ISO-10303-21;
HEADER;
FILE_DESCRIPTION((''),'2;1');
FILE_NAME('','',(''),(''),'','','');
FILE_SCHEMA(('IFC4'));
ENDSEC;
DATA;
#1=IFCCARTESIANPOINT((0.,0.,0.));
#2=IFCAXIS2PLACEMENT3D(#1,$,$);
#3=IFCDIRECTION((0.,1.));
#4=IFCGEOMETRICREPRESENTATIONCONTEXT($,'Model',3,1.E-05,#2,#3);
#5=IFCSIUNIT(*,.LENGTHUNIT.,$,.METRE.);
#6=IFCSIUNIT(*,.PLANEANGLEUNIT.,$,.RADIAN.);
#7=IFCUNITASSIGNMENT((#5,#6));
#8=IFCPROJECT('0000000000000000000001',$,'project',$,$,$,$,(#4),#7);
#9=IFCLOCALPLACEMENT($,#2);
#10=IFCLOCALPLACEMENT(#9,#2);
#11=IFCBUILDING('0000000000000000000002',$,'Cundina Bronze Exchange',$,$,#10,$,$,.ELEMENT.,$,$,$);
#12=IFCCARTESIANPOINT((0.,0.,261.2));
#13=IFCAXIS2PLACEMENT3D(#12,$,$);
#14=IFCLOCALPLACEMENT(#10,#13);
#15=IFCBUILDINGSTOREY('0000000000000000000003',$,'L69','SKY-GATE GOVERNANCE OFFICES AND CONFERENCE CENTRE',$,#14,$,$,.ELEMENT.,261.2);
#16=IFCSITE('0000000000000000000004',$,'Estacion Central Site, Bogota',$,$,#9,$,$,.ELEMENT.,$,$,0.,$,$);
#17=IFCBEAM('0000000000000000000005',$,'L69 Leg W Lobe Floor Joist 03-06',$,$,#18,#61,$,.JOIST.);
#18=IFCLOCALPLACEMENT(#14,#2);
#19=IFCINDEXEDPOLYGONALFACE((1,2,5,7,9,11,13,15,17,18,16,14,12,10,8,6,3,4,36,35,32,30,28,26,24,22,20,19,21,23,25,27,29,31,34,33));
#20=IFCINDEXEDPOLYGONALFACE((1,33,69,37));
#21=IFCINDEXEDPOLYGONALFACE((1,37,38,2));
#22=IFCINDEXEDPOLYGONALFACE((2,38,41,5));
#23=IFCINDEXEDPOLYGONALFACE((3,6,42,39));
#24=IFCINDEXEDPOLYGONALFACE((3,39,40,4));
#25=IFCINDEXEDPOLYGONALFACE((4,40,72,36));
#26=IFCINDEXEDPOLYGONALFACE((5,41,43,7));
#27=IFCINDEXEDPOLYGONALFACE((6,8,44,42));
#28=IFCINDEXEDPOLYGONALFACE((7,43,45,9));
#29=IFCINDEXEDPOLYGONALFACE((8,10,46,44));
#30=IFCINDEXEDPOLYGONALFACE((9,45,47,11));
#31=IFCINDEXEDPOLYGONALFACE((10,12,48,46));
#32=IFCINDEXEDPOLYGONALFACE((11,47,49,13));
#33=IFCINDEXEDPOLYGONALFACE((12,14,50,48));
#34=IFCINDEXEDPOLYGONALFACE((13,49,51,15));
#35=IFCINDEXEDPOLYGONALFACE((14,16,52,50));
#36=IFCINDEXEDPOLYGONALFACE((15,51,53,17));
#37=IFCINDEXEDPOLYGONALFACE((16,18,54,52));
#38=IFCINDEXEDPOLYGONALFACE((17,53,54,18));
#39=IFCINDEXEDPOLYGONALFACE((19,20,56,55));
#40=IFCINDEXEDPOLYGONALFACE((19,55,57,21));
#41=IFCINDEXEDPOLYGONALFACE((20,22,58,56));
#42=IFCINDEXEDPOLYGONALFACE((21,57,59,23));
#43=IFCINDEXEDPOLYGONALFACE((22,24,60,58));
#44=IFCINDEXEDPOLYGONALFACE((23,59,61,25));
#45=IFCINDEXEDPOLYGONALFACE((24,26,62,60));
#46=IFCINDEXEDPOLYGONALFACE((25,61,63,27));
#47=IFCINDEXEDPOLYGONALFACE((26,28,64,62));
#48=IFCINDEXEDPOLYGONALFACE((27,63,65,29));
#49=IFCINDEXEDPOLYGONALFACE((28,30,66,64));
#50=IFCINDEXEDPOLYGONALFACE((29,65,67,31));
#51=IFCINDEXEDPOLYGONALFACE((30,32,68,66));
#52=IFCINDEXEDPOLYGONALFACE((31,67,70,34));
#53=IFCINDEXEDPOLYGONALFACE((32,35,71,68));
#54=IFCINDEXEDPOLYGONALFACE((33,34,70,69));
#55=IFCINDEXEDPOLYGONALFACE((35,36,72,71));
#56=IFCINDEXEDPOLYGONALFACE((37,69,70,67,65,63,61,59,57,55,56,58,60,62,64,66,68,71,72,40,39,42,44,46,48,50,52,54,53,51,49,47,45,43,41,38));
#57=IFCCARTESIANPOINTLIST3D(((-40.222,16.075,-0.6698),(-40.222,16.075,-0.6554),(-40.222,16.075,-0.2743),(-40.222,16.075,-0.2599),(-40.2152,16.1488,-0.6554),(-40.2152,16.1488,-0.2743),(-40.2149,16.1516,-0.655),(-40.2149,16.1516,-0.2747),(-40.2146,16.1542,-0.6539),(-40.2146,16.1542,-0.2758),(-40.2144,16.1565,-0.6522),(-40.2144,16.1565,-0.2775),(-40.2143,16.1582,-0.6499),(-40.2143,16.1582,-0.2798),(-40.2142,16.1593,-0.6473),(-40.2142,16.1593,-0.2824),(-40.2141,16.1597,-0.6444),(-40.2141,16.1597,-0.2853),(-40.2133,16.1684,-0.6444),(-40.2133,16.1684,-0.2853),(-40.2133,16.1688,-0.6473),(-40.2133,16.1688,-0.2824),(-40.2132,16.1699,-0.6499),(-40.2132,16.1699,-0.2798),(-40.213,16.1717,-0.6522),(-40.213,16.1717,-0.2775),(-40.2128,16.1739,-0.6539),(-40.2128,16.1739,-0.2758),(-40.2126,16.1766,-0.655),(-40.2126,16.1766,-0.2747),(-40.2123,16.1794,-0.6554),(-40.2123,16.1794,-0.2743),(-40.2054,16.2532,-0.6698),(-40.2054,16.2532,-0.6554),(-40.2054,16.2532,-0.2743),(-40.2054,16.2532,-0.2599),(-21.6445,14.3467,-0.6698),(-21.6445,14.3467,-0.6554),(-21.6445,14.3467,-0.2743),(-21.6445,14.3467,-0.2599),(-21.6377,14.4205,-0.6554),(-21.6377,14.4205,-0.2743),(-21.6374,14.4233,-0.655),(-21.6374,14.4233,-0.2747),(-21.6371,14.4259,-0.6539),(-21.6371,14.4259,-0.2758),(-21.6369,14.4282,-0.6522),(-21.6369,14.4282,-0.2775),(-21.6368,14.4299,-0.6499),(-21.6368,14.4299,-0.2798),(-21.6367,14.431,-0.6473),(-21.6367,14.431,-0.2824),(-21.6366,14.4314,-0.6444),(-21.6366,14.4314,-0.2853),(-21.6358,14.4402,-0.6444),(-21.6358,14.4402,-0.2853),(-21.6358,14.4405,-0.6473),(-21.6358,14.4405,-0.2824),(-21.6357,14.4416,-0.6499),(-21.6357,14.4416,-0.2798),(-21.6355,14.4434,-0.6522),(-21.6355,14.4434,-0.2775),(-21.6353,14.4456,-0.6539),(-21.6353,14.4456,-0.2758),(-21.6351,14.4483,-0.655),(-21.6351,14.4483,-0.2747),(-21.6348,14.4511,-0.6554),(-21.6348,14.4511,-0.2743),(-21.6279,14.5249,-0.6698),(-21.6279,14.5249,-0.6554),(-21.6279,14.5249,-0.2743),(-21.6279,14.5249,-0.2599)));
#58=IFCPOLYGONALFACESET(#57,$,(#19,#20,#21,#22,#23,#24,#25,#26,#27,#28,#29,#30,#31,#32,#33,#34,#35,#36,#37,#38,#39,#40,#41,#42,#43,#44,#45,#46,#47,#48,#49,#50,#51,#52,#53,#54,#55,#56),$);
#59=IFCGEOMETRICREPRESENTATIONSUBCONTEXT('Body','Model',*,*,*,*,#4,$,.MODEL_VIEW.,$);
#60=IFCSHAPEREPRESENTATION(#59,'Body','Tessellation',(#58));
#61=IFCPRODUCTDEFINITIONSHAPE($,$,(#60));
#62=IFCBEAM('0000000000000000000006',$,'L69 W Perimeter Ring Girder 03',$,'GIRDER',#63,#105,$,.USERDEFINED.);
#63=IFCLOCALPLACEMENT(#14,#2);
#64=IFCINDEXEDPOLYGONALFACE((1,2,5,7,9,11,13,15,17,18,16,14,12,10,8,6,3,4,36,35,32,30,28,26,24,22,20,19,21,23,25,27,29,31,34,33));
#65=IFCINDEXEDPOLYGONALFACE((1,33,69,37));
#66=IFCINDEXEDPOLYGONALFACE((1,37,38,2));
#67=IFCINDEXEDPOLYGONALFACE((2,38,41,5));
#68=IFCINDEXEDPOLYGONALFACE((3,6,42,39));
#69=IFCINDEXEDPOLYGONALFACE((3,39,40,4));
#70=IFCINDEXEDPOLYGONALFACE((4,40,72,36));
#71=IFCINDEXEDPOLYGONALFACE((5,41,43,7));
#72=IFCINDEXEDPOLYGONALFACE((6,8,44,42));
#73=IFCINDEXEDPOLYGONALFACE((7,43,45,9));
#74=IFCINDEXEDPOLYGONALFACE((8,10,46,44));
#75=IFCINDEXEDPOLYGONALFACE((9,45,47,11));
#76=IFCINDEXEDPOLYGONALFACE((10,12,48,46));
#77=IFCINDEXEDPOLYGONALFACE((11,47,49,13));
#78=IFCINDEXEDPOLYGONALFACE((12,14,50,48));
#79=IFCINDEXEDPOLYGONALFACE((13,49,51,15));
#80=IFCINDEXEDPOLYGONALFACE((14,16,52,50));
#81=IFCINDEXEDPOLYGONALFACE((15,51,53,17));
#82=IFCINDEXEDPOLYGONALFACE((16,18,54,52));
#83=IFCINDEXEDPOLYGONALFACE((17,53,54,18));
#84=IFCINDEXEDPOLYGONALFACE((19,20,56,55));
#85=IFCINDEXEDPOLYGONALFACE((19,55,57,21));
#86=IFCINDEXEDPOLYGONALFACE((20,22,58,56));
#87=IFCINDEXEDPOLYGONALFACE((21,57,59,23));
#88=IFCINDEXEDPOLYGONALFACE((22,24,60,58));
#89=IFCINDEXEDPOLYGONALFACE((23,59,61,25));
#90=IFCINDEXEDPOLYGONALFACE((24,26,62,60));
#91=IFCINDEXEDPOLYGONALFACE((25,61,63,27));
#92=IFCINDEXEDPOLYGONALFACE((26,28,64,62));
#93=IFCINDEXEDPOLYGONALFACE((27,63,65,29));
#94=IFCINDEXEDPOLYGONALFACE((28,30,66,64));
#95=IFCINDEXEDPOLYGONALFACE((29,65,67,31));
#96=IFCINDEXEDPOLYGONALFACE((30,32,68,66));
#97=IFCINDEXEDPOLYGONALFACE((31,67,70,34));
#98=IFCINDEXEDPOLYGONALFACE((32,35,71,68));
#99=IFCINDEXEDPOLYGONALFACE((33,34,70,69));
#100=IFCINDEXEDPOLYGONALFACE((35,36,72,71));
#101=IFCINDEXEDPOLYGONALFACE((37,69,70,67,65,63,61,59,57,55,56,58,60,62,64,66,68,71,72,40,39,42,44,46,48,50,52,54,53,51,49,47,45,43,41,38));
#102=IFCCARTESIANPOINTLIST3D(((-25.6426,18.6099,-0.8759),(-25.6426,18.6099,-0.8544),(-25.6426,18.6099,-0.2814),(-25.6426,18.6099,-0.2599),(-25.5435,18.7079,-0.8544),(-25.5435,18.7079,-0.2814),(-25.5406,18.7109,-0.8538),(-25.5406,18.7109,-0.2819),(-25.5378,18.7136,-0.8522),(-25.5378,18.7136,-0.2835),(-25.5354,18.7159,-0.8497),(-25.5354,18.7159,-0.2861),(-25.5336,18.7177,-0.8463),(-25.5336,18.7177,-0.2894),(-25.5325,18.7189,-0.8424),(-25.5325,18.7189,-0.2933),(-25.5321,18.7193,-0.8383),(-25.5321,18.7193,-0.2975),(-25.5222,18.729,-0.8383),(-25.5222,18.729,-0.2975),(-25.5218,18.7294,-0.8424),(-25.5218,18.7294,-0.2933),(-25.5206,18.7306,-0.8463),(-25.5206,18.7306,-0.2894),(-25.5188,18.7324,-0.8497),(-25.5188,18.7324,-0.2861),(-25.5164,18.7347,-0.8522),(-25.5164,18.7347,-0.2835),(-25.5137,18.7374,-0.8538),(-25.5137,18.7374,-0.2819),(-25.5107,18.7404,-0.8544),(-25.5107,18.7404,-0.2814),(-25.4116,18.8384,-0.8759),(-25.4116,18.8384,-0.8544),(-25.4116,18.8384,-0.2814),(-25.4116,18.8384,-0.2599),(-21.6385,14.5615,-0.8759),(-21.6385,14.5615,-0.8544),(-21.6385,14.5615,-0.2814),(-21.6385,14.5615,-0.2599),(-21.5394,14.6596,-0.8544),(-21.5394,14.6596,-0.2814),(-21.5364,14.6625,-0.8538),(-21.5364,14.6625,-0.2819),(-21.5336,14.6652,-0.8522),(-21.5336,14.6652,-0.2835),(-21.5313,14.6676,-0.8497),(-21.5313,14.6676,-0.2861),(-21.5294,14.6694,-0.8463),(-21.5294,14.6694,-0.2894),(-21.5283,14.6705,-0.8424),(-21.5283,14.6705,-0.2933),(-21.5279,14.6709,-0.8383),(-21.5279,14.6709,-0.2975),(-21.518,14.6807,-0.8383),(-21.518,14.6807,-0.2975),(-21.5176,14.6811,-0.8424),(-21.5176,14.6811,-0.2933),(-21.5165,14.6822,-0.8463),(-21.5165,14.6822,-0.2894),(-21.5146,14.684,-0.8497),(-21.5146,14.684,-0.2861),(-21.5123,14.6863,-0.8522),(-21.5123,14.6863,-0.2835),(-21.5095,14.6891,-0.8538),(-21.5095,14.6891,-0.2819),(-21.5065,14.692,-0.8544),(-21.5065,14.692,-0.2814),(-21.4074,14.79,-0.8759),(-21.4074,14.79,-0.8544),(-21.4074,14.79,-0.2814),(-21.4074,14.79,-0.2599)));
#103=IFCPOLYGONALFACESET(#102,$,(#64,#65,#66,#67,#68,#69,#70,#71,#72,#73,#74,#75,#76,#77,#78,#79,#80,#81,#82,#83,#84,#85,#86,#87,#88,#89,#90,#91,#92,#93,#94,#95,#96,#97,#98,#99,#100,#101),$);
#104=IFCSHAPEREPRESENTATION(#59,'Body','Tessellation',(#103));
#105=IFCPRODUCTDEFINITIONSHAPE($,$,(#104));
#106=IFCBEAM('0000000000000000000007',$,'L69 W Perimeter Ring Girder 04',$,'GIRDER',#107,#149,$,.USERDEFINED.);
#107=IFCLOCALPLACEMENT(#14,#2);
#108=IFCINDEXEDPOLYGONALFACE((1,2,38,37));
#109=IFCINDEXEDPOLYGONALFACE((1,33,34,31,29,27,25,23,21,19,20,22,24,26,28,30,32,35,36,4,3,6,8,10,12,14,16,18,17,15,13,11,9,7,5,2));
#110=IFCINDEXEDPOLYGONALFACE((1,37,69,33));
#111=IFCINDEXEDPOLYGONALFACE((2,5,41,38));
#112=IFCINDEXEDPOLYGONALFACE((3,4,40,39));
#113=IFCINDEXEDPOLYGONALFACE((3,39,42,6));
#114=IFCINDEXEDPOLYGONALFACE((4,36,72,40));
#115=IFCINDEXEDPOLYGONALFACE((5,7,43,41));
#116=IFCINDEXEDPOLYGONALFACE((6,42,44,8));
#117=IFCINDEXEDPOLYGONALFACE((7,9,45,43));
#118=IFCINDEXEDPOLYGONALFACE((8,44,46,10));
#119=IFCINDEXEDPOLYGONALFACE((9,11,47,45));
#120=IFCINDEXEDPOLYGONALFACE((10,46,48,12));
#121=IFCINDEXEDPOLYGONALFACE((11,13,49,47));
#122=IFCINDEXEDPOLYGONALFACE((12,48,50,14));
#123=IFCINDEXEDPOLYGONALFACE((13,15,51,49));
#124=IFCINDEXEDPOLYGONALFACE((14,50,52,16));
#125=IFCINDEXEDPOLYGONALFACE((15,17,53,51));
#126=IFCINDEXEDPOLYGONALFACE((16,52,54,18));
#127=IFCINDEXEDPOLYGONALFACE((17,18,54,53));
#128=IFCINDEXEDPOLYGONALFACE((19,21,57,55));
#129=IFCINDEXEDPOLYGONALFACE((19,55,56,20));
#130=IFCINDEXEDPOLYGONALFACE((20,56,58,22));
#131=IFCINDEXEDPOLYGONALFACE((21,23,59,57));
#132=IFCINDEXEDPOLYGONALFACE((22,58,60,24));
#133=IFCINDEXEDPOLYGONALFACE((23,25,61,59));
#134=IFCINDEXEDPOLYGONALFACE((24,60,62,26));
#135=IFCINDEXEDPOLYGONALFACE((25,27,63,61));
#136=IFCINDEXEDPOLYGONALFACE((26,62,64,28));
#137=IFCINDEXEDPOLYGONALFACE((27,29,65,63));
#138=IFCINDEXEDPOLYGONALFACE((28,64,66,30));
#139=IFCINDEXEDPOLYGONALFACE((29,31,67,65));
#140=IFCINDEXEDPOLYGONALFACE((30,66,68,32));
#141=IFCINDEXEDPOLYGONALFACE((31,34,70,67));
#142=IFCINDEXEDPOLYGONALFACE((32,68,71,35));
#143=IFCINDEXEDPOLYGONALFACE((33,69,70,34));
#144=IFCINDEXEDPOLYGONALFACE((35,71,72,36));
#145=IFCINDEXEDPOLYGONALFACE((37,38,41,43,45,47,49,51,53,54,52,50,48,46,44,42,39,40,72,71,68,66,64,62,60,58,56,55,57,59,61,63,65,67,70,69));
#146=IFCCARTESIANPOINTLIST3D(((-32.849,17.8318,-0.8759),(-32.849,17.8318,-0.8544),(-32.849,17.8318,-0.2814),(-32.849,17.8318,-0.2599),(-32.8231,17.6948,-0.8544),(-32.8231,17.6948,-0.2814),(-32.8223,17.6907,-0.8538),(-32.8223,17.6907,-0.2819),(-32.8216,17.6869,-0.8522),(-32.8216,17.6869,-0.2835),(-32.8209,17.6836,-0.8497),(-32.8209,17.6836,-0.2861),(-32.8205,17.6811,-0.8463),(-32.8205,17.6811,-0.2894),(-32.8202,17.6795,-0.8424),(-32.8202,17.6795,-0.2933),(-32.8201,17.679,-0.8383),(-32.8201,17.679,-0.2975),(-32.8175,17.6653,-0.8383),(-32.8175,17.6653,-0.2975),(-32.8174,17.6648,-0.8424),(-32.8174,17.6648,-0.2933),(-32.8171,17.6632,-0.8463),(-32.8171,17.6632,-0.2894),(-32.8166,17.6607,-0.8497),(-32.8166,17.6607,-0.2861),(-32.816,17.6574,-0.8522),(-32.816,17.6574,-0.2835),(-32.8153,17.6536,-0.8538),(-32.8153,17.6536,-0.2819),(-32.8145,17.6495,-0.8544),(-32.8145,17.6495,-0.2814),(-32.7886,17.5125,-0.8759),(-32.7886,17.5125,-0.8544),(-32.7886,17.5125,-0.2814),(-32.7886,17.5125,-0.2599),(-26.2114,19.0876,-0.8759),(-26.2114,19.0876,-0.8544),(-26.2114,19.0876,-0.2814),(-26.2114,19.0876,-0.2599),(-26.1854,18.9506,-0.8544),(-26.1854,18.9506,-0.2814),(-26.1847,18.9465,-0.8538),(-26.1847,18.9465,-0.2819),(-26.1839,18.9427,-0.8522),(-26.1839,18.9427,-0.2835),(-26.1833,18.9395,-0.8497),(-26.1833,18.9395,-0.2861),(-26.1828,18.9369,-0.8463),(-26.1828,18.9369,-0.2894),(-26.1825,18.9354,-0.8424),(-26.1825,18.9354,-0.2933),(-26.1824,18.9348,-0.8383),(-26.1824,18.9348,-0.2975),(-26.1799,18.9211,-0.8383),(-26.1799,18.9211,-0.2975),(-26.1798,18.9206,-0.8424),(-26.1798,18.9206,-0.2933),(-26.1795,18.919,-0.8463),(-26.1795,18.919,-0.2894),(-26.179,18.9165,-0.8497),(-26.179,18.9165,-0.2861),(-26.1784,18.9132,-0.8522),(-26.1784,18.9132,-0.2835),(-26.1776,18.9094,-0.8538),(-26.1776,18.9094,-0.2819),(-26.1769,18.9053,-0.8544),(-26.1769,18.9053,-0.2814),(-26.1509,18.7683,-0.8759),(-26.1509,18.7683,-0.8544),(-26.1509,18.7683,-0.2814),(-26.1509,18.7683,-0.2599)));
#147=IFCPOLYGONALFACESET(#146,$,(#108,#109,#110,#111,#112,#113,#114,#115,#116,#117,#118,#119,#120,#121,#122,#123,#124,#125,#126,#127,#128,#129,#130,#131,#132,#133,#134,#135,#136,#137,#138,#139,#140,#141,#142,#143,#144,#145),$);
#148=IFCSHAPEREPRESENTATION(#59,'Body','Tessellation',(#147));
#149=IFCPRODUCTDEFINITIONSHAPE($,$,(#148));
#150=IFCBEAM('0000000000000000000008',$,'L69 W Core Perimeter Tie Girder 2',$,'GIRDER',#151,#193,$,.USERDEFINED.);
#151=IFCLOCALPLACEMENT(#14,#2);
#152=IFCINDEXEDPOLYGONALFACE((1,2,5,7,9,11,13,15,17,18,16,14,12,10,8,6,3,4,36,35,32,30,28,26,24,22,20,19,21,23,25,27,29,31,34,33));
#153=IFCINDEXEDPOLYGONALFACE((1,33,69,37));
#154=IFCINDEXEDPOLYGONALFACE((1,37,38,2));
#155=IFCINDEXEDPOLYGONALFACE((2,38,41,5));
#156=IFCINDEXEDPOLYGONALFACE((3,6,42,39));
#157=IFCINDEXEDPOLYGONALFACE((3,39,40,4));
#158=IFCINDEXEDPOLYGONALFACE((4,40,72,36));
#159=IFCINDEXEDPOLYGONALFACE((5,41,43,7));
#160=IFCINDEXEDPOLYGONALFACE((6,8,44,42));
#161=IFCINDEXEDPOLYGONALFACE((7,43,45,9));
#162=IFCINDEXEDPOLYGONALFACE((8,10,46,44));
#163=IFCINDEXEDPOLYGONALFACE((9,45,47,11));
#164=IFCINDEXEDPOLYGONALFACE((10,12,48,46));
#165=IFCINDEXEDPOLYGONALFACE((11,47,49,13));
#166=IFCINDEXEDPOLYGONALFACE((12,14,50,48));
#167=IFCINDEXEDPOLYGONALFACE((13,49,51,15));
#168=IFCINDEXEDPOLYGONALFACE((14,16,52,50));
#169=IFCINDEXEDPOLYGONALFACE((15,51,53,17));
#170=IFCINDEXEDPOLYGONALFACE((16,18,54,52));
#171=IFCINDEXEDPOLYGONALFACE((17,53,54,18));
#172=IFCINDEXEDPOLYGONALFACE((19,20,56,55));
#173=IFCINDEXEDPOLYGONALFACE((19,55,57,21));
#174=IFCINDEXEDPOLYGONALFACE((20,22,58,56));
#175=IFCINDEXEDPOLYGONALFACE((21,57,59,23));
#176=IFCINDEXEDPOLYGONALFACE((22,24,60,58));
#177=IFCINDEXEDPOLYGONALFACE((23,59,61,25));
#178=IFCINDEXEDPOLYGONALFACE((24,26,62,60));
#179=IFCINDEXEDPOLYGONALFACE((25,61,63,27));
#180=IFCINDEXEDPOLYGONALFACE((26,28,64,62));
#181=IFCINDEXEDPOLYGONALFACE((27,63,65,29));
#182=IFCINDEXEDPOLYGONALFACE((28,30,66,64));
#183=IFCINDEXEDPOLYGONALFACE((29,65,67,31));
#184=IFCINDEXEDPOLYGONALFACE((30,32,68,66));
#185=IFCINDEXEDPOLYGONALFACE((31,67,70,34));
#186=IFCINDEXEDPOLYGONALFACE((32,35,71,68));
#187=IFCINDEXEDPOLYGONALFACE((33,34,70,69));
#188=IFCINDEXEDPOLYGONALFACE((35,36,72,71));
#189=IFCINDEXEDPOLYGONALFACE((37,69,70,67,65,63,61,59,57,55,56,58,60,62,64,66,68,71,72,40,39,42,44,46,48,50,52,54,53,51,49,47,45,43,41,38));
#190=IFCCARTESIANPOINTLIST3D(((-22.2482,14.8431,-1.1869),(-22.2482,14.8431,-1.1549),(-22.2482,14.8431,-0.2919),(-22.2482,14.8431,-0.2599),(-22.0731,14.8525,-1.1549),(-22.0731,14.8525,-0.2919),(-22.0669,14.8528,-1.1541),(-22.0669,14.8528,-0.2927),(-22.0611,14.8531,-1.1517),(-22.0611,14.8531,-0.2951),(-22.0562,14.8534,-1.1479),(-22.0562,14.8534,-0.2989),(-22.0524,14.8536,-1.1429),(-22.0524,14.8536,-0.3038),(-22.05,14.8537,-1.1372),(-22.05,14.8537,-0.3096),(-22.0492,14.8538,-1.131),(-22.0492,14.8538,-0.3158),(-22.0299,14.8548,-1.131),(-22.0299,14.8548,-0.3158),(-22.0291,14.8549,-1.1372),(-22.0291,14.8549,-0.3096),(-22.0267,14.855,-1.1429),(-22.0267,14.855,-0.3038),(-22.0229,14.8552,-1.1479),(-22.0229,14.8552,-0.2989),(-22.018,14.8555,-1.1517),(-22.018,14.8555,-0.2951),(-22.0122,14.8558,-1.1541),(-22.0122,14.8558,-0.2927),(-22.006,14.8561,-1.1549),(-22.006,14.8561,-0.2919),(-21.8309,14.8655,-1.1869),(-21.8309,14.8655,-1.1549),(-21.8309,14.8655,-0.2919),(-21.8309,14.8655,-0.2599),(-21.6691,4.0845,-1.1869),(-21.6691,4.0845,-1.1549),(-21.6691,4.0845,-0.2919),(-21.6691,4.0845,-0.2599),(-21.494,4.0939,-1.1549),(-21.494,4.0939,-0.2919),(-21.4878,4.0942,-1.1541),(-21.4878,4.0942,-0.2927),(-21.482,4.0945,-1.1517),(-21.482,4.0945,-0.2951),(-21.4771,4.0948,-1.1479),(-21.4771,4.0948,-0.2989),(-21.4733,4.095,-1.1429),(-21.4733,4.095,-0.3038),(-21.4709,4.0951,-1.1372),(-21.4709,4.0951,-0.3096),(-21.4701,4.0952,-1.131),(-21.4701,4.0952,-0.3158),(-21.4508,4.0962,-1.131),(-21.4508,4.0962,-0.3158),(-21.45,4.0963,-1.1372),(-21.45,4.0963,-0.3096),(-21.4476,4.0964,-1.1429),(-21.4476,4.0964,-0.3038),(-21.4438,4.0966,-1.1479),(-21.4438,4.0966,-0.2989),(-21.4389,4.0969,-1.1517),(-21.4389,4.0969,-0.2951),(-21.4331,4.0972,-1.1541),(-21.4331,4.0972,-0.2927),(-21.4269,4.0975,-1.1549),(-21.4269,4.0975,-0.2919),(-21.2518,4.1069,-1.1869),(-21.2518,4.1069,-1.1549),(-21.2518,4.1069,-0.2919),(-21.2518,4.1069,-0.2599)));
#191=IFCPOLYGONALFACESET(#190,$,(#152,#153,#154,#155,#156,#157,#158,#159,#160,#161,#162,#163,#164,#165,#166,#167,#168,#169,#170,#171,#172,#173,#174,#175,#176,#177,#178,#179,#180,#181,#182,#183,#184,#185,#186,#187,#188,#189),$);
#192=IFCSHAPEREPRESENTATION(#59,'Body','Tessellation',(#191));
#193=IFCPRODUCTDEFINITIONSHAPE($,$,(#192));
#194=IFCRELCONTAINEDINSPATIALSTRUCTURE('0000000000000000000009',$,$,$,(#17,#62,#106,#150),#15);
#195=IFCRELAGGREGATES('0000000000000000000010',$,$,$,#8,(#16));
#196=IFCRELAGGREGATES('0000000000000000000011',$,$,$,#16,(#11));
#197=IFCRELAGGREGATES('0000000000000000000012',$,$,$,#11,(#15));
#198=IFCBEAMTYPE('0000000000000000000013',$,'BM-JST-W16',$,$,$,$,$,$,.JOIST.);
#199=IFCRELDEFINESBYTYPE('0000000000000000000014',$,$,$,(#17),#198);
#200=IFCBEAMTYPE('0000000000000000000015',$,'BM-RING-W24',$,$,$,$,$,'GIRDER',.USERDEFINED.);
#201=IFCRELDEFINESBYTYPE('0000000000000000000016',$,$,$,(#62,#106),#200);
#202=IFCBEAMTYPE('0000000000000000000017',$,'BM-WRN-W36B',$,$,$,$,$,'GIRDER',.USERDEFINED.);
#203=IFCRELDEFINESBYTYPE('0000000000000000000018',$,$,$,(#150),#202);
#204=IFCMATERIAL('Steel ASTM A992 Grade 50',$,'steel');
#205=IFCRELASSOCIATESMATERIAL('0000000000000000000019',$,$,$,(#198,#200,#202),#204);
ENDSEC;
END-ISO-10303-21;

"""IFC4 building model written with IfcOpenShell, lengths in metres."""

from ifc_helpers import new_model, si_unit, direction, frame, origin, origin_2d, place, context, subcontext, project, spatial, i_section, extrude, material, material_profile, profile_set, type_object, element, save


model = new_model("IFC4")

# Units and contexts
model_context = context("Model", 3, precision=1e-05, world=origin(), true_north=direction((0.0, 1.0)))
body_context = subcontext(model_context, "Body", "Model", "MODEL_VIEW")
ifc_project = project(units=[si_unit("LENGTHUNIT", "METRE"), si_unit("PLANEANGLEUNIT", "RADIAN")], contexts=[model_context])

# Site, building, storey
site_placement = place(None, origin())
site = spatial("IfcSite", under=ifc_project, at=site_placement, Name="Estacion Central Site, Bogota", CompositionType="ELEMENT", RefElevation=0.0)
building_placement = place(site_placement, origin())
building = spatial("IfcBuilding", under=site, at=building_placement, Name="Cundina Bronze Exchange", CompositionType="ELEMENT")
storey_placement = place(building_placement, frame((0.0, 0.0, 261.2)))
storey = spatial("IfcBuildingStorey", under=building, at=storey_placement, Name="L69", Description="SKY-GATE GOVERNANCE OFFICES AND CONFERENCE CENTRE", CompositionType="ELEMENT", Elevation=261.2)

# Shared definitions
ifc_material_1 = material(Name="Steel ASTM A992 Grade 50", Category="steel")

# Beams
ifc_material_profile_1 = material_profile(ifc_material_1, i_section(OverallWidth=0.179, OverallDepth=0.4099, WebThickness=0.0088, FlangeThickness=0.0144, FilletRadius=0.011, at=origin_2d()), Name="W16X45", Category="steel")
ifc_profile_set_1 = profile_set([ifc_material_profile_1], Name="Steel ASTM A992 Grade 50")
beam_type_1 = type_object("IfcBeamType", Name="BM-JST-W16", PredefinedType="JOIST", material=ifc_profile_set_1)
beam_1_placement = place(storey_placement, frame((-21.6362, 14.4358, -0.4648), z_axis=(-0.995701, 0.092631, 0.0), x_axis=(-0.092631, -0.995701, 0.0)))
element("IfcBeam", 1, at=beam_1_placement, inside=storey, type_object=beam_type_1, Name="L69 Leg W Lobe Floor Joist 03-06", PredefinedType="JOIST", context=body_context, shape_type="SweptSolid", body=[
    extrude(i_section(OverallWidth=0.179, OverallDepth=0.4099, WebThickness=0.0088, FlangeThickness=0.0144, FilletRadius=0.011, at=origin_2d()), origin(), (0.0, 0.0, 1.0), 18.6577),
])
ifc_material_profile_2 = material_profile(ifc_material_1, i_section(OverallWidth=0.325, OverallDepth=0.616, WebThickness=0.0139, FlangeThickness=0.0215, FilletRadius=0.0161, at=origin_2d()), Name="W24X117", Category="steel")
ifc_profile_set_2 = profile_set([ifc_material_profile_2], Name="Steel ASTM A992 Grade 50")
beam_type_2 = type_object("IfcBeamType", Name="BM-RING-W24", ElementType="GIRDER", PredefinedType="USERDEFINED", material=ifc_profile_set_2)
beam_2_placement = place(storey_placement, frame((-21.5229, 14.6758, -0.5679), z_axis=(-0.703216, 0.710976, 0.0), x_axis=(-0.710976, -0.703216, 0.0)))
element("IfcBeam", 2, at=beam_2_placement, inside=storey, type_object=beam_type_2, Name="L69 W Perimeter Ring Girder 03", ObjectType="GIRDER", PredefinedType="USERDEFINED", context=body_context, shape_type="SweptSolid", body=[
    extrude(i_section(OverallWidth=0.325, OverallDepth=0.616, WebThickness=0.0139, FlangeThickness=0.0215, FilletRadius=0.0161, at=origin_2d()), origin(), (0.0, 0.0, 1.0), 5.6941),
])
beam_3_placement = place(storey_placement, frame((-26.1812, 18.928, -0.5679), z_axis=(-0.982568, -0.185903, 0.0), x_axis=(0.185903, -0.982568, 0.0)))
element("IfcBeam", 3, at=beam_3_placement, inside=storey, type_object=beam_type_2, Name="L69 W Perimeter Ring Girder 04", ObjectType="GIRDER", PredefinedType="USERDEFINED", context=body_context, shape_type="SweptSolid", body=[
    extrude(i_section(OverallWidth=0.325, OverallDepth=0.616, WebThickness=0.0139, FlangeThickness=0.0215, FilletRadius=0.0161, at=origin_2d()), origin(), (0.0, 0.0, 1.0), 6.7554),
])
ifc_material_profile_3 = material_profile(ifc_material_1, i_section(OverallWidth=0.418, OverallDepth=0.927, WebThickness=0.0193, FlangeThickness=0.032, FilletRadius=0.0239, at=origin_2d()), Name="W36X231", Category="steel")
ifc_profile_set_3 = profile_set([ifc_material_profile_3], Name="Steel ASTM A992 Grade 50")
beam_type_3 = type_object("IfcBeamType", Name="BM-WRN-W36B", ElementType="GIRDER", PredefinedType="USERDEFINED", material=ifc_profile_set_3)
beam_4_placement = place(storey_placement, frame((-21.4604, 4.0957, -0.7234), z_axis=(-0.053749, 0.998554, 0.0), x_axis=(-0.998554, -0.053749, 0.0)))
element("IfcBeam", 4, at=beam_4_placement, inside=storey, type_object=beam_type_3, Name="L69 W Core Perimeter Tie Girder 2", ObjectType="GIRDER", PredefinedType="USERDEFINED", context=body_context, shape_type="SweptSolid", body=[
    extrude(i_section(OverallWidth=0.418, OverallDepth=0.927, WebThickness=0.0193, FlangeThickness=0.032, FilletRadius=0.0239, at=origin_2d()), origin(), (0.0, 0.0, 1.0), 10.7742),
])

save(model, "model.ifc")
